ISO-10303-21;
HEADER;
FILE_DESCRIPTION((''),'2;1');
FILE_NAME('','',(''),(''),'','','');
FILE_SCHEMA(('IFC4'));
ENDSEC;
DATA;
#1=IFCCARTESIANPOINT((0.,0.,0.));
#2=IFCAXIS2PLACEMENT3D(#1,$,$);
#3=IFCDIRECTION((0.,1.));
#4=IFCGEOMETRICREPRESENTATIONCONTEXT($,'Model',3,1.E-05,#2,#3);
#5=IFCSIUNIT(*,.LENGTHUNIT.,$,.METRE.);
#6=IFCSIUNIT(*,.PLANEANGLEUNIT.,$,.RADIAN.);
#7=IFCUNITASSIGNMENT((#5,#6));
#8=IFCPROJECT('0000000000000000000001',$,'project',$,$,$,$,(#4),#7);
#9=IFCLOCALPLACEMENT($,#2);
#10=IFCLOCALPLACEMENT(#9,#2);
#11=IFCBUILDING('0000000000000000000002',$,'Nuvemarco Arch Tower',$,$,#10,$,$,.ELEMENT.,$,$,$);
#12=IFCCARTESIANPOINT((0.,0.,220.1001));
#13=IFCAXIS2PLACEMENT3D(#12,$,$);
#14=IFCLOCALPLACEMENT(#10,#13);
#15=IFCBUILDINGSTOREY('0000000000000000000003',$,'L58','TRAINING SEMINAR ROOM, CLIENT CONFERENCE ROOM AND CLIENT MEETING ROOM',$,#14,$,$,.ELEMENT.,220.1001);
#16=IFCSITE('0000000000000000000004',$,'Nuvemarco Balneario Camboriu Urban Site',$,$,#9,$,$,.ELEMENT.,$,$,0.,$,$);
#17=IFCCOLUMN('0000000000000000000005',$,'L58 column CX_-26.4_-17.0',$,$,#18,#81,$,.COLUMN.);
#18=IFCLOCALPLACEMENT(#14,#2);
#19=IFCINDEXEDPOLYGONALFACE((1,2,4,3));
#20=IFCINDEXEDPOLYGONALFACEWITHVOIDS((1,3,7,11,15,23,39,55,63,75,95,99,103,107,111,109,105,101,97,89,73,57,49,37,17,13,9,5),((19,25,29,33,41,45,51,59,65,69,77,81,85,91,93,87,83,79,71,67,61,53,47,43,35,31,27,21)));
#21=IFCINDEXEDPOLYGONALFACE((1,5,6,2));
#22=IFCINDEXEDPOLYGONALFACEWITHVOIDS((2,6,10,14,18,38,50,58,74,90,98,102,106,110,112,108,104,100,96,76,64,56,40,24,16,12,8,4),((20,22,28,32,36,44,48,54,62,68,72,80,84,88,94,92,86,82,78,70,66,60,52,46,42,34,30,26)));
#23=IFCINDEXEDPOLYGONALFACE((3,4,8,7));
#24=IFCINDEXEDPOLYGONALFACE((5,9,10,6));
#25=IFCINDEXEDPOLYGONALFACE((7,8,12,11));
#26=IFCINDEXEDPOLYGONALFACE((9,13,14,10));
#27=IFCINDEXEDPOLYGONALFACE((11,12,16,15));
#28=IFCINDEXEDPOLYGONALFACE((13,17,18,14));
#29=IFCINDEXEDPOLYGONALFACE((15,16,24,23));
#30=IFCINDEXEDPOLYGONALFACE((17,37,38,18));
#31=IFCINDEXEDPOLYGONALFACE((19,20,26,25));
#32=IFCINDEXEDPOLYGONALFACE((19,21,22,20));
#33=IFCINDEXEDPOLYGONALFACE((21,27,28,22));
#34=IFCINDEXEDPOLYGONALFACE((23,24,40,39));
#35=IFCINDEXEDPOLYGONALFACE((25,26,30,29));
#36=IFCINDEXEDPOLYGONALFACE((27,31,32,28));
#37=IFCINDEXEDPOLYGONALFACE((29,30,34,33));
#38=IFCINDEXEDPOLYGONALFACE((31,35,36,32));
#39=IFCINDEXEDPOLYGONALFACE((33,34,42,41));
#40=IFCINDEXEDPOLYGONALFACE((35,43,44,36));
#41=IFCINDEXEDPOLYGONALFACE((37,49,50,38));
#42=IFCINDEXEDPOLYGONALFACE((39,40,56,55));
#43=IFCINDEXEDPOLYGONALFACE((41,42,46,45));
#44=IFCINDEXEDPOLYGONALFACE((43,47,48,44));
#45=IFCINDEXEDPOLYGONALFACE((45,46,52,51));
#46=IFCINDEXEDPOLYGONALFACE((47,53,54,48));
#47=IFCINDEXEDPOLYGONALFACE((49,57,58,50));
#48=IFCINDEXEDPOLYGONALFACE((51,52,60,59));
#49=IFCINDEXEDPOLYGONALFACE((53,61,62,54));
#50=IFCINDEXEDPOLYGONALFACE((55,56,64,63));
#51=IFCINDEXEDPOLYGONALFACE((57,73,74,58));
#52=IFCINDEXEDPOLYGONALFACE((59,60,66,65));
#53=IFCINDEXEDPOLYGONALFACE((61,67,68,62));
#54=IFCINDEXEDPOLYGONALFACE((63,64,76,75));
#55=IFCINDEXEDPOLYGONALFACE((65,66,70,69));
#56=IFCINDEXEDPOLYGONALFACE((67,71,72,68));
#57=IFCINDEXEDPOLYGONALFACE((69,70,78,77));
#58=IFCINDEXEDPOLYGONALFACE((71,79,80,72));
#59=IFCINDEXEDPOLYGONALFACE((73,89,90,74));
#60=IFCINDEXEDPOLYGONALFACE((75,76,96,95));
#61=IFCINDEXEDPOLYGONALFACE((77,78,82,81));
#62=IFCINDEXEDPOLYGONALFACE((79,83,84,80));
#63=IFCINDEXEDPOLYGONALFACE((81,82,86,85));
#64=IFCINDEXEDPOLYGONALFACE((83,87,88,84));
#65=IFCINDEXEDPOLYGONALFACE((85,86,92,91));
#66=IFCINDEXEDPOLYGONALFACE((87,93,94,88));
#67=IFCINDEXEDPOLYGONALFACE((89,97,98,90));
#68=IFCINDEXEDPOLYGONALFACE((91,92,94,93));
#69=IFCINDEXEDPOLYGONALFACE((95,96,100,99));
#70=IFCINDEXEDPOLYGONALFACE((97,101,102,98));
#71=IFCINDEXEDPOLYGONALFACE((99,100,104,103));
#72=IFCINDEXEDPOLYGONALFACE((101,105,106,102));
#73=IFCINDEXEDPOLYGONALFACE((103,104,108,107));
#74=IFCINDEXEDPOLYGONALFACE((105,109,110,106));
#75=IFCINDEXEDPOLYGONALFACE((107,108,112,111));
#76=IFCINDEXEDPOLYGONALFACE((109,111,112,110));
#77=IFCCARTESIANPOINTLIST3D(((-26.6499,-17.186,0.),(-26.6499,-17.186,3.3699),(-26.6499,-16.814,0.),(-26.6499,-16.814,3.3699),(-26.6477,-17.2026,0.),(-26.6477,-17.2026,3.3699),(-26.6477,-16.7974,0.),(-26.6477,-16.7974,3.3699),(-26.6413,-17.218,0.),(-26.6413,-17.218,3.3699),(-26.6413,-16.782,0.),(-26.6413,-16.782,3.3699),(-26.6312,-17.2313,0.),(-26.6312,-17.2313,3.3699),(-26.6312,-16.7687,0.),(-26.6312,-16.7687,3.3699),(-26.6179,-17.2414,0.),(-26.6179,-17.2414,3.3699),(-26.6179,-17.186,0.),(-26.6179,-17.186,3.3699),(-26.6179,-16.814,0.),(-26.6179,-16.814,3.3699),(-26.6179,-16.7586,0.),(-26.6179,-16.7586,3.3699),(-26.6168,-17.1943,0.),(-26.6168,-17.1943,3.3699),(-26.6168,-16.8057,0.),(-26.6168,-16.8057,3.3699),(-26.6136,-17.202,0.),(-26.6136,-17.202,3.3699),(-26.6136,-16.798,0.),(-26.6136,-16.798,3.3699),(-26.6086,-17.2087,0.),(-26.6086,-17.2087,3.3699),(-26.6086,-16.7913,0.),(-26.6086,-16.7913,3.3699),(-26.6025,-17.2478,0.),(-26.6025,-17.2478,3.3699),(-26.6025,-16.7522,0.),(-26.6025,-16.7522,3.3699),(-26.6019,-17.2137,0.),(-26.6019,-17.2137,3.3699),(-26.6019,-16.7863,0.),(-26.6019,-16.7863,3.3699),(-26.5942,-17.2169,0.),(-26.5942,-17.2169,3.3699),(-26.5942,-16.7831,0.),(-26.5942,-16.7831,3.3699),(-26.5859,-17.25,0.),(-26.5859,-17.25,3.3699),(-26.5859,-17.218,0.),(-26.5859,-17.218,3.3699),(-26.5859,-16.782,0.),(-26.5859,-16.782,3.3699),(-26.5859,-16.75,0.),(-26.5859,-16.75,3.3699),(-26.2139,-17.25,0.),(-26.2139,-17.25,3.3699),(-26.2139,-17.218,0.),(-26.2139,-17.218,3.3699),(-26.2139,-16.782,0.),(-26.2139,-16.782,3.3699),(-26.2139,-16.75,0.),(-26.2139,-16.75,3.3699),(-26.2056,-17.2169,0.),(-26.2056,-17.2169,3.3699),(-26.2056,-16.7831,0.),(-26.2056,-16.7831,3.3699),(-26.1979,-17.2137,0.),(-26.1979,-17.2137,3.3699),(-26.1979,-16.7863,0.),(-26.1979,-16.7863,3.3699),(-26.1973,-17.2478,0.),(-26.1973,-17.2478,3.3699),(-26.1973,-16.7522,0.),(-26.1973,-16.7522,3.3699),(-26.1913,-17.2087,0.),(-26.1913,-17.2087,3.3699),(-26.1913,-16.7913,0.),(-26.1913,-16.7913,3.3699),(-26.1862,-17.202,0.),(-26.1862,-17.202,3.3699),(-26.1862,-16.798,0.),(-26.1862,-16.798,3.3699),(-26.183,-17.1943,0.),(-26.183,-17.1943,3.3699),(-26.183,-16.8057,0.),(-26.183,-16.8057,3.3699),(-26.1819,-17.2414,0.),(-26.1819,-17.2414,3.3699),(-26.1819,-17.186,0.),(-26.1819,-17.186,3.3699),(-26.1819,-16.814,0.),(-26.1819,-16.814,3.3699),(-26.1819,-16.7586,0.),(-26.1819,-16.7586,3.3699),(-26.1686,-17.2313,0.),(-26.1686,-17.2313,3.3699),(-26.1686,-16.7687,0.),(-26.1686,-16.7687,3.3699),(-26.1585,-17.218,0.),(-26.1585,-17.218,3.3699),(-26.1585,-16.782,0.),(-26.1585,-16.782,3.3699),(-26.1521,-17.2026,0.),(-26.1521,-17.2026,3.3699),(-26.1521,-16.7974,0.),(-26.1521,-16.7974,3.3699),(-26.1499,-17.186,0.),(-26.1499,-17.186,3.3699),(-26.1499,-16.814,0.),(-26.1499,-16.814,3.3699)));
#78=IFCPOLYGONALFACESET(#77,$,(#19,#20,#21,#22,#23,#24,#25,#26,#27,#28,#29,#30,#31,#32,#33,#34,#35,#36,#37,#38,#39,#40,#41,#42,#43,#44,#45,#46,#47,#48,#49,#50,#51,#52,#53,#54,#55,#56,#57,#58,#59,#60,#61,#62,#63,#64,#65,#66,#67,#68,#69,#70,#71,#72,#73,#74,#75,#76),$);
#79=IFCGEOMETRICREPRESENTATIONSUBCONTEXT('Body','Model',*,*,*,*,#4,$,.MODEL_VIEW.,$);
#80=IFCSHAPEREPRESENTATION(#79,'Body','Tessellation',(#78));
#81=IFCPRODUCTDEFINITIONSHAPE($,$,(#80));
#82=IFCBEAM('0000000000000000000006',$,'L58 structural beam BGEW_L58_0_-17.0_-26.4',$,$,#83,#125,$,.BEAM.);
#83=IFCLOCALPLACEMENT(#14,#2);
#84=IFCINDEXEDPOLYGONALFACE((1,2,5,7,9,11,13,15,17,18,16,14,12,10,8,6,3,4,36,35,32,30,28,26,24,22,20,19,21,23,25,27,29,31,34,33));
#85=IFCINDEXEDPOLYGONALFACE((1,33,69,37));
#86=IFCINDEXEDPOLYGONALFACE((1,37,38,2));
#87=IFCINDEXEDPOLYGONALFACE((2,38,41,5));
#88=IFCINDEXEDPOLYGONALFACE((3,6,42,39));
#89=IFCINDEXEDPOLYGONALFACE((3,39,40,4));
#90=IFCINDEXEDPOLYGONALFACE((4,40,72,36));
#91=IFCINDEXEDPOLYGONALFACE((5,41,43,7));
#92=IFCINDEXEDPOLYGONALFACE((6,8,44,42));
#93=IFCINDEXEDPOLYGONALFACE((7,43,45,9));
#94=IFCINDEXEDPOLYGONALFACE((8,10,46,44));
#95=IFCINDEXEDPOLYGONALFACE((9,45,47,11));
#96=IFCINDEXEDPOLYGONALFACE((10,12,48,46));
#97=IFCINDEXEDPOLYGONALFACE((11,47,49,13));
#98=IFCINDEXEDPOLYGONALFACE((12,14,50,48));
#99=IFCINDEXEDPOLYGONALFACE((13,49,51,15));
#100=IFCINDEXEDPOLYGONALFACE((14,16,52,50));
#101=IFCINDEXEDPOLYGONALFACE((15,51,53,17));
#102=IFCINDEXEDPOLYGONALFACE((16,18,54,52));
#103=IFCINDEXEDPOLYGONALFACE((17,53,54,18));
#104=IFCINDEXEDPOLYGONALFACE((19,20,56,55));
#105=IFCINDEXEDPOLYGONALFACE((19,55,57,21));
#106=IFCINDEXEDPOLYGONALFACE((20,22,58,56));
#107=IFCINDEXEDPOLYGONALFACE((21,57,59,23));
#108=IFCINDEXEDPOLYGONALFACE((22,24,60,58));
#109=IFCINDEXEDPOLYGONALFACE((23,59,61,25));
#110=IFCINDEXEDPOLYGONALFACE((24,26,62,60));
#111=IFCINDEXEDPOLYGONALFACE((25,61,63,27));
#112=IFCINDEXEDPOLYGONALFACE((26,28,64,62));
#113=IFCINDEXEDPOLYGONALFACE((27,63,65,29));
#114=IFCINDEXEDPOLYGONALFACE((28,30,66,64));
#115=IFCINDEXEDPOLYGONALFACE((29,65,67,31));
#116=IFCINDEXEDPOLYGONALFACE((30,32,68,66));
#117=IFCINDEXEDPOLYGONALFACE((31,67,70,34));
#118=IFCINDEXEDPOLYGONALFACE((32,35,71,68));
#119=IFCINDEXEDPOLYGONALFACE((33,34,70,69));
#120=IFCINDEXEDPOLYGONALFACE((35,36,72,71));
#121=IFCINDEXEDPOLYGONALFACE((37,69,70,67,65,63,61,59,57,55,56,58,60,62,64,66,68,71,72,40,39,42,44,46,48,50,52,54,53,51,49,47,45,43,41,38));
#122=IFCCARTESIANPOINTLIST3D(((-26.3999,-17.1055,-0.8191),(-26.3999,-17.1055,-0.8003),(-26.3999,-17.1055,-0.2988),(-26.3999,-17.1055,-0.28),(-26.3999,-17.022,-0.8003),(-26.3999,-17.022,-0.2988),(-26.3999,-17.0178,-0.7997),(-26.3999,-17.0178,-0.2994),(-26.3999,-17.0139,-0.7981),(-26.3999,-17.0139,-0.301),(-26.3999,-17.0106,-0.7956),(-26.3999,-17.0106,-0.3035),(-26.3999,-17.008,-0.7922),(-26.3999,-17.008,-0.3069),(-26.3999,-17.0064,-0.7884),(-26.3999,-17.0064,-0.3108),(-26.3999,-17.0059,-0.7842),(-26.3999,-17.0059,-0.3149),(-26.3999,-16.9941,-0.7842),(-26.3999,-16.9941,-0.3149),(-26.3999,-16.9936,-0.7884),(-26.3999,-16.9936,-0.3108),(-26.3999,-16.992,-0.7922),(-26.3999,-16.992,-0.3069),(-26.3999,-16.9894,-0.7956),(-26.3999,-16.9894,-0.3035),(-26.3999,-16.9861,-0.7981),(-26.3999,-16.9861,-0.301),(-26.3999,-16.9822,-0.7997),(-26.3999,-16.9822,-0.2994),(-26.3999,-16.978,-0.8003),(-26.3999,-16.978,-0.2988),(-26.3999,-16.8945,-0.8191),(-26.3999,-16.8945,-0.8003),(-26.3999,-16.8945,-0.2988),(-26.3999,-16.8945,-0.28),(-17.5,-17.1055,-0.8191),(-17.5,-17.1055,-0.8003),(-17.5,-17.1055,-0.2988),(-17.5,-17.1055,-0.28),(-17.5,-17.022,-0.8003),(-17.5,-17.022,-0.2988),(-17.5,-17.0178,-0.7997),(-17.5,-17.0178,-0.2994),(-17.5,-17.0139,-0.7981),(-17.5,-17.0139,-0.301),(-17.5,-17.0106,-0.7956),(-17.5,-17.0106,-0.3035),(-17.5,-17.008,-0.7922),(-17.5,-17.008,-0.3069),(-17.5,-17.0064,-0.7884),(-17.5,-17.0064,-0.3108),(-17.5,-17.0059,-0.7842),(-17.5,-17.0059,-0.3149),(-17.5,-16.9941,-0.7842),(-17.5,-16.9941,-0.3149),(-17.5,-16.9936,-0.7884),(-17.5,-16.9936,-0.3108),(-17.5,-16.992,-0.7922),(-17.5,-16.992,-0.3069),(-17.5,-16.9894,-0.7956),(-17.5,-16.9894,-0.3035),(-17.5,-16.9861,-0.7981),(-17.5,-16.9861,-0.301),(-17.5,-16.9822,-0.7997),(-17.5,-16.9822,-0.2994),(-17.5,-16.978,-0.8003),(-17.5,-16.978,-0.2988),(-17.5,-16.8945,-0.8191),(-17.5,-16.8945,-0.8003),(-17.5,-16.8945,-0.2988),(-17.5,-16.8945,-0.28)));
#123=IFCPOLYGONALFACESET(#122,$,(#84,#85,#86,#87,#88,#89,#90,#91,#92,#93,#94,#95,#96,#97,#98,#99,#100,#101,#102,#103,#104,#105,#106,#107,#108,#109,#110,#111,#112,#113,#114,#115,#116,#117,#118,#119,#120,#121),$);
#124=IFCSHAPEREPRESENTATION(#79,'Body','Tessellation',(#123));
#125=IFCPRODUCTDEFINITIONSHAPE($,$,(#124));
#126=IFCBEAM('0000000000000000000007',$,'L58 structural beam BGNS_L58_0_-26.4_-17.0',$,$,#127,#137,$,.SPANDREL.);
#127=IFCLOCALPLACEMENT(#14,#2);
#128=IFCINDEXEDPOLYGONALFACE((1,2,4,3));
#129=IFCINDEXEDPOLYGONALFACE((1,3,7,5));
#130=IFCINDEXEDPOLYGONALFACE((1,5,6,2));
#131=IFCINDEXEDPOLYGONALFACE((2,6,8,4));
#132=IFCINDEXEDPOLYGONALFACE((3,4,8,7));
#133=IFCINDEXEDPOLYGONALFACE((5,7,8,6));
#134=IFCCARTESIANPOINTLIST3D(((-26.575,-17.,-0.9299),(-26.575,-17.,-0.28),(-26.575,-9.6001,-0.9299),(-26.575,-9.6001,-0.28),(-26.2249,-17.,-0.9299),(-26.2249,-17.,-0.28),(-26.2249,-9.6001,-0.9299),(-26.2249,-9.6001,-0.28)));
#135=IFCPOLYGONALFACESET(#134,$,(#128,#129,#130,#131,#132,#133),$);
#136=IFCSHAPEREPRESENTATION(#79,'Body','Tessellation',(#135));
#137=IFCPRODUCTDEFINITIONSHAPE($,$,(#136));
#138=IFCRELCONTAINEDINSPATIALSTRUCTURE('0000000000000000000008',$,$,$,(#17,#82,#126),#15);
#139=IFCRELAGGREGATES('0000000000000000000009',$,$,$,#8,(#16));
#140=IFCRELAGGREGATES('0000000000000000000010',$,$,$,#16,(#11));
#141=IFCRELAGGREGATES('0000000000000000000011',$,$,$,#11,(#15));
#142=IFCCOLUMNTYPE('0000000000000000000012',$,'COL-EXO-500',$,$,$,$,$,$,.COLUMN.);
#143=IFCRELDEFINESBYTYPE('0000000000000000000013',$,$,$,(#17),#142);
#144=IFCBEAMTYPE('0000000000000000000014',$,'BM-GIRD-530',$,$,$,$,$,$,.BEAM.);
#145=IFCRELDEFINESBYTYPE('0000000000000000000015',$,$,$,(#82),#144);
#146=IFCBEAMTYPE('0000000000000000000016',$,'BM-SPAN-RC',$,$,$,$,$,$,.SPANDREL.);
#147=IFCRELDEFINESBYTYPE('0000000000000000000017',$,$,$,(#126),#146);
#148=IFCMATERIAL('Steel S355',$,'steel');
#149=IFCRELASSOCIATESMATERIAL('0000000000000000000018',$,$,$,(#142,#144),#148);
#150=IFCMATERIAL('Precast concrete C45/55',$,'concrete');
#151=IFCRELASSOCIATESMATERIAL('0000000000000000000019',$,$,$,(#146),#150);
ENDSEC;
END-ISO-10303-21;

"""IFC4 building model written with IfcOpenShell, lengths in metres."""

from ifc_helpers import new_model, si_unit, direction, frame, origin, origin_2d, place, context, subcontext, project, spatial, rectangle, hollow_rectangle, i_section, extrude, material, material_profile, profile_set, type_object, element, save


model = new_model("IFC4")

# Units and contexts
model_context = context("Model", 3, precision=1e-05, world=origin(), true_north=direction((0.0, 1.0)))
body_context = subcontext(model_context, "Body", "Model", "MODEL_VIEW")
ifc_project = project(units=[si_unit("LENGTHUNIT", "METRE"), si_unit("PLANEANGLEUNIT", "RADIAN")], contexts=[model_context])

# Site, building, storey
site_placement = place(None, origin())
site = spatial("IfcSite", under=ifc_project, at=site_placement, Name="Nuvemarco Balneario Camboriu Urban Site", CompositionType="ELEMENT", RefElevation=0.0)
building_placement = place(site_placement, origin())
building = spatial("IfcBuilding", under=site, at=building_placement, Name="Nuvemarco Arch Tower", CompositionType="ELEMENT")
storey_placement = place(building_placement, frame((0.0, 0.0, 220.1001)))
storey = spatial("IfcBuildingStorey", under=building, at=storey_placement, Name="L58", Description="TRAINING SEMINAR ROOM, CLIENT CONFERENCE ROOM AND CLIENT MEETING ROOM", CompositionType="ELEMENT", Elevation=220.1001)

# Column
ifc_material_1 = material(Name="Steel S355", Category="steel")
ifc_material_profile_1 = material_profile(ifc_material_1, hollow_rectangle(XDim=0.5, YDim=0.5, WallThickness=0.032, InnerFilletRadius=0.032, OuterFilletRadius=0.064, at=origin_2d()), Name="SHS500x500x32")
ifc_profile_set_1 = profile_set([ifc_material_profile_1], Name="Steel S355")
column_type = type_object("IfcColumnType", Name="COL-EXO-500", PredefinedType="COLUMN", material=ifc_profile_set_1)
column_placement = place(storey_placement, frame((-26.3999, -17.0, 0.0), z_axis=(0.0, 0.0, 1.0), x_axis=(1.0, 0.0, 0.0)))
element("IfcColumn", 1, at=column_placement, inside=storey, type_object=column_type, Name="L58 column CX_-26.4_-17.0", PredefinedType="COLUMN", context=body_context, shape_type="SweptSolid", body=[
    extrude(hollow_rectangle(XDim=0.5, YDim=0.5, WallThickness=0.032, InnerFilletRadius=0.032, OuterFilletRadius=0.064, at=origin_2d()), origin(), (0.0, 0.0, 1.0), 3.3699),
])

# Beams
ifc_material_profile_2 = material_profile(ifc_material_1, i_section(OverallWidth=0.2109, OverallDepth=0.5391, WebThickness=0.0117, FlangeThickness=0.0188, FilletRadius=0.0161, at=origin_2d()), Name="W530x109")
ifc_profile_set_2 = profile_set([ifc_material_profile_2], Name="Steel S355")
beam_type_1 = type_object("IfcBeamType", Name="BM-GIRD-530", PredefinedType="BEAM", material=ifc_profile_set_2)
beam_1_placement = place(storey_placement, frame((-26.3999, -17.0, -0.5496), z_axis=(1.0, 0.0, 0.0), x_axis=(0.0, 1.0, 0.0)))
element("IfcBeam", 2, at=beam_1_placement, inside=storey, type_object=beam_type_1, Name="L58 structural beam BGEW_L58_0_-17.0_-26.4", PredefinedType="BEAM", context=body_context, shape_type="SweptSolid", body=[
    extrude(i_section(OverallWidth=0.2109, OverallDepth=0.5391, WebThickness=0.0117, FlangeThickness=0.0188, FilletRadius=0.0161, at=origin_2d()), origin(), (0.0, 0.0, 1.0), 8.8999),
])
ifc_material_2 = material(Name="Precast concrete C45/55", Category="concrete")
ifc_material_profile_3 = material_profile(ifc_material_2, rectangle(XDim=0.3501, YDim=0.6499, at=origin_2d()), Name="PC-SP-350x650")
ifc_profile_set_3 = profile_set([ifc_material_profile_3], Name="Precast concrete C45/55")
beam_type_2 = type_object("IfcBeamType", Name="BM-SPAN-RC", PredefinedType="SPANDREL", material=ifc_profile_set_3)
beam_2_placement = place(storey_placement, frame((-26.3999, -17.0, -0.605), z_axis=(0.0, 1.0, 0.0), x_axis=(-1.0, 0.0, 0.0)))
element("IfcBeam", 3, at=beam_2_placement, inside=storey, type_object=beam_type_2, Name="L58 structural beam BGNS_L58_0_-26.4_-17.0", PredefinedType="SPANDREL", context=body_context, shape_type="SweptSolid", body=[
    extrude(rectangle(XDim=0.3501, YDim=0.6499, at=origin_2d()), origin(), (0.0, 0.0, 1.0), 7.3999),
])

save(model, "model.ifc")
